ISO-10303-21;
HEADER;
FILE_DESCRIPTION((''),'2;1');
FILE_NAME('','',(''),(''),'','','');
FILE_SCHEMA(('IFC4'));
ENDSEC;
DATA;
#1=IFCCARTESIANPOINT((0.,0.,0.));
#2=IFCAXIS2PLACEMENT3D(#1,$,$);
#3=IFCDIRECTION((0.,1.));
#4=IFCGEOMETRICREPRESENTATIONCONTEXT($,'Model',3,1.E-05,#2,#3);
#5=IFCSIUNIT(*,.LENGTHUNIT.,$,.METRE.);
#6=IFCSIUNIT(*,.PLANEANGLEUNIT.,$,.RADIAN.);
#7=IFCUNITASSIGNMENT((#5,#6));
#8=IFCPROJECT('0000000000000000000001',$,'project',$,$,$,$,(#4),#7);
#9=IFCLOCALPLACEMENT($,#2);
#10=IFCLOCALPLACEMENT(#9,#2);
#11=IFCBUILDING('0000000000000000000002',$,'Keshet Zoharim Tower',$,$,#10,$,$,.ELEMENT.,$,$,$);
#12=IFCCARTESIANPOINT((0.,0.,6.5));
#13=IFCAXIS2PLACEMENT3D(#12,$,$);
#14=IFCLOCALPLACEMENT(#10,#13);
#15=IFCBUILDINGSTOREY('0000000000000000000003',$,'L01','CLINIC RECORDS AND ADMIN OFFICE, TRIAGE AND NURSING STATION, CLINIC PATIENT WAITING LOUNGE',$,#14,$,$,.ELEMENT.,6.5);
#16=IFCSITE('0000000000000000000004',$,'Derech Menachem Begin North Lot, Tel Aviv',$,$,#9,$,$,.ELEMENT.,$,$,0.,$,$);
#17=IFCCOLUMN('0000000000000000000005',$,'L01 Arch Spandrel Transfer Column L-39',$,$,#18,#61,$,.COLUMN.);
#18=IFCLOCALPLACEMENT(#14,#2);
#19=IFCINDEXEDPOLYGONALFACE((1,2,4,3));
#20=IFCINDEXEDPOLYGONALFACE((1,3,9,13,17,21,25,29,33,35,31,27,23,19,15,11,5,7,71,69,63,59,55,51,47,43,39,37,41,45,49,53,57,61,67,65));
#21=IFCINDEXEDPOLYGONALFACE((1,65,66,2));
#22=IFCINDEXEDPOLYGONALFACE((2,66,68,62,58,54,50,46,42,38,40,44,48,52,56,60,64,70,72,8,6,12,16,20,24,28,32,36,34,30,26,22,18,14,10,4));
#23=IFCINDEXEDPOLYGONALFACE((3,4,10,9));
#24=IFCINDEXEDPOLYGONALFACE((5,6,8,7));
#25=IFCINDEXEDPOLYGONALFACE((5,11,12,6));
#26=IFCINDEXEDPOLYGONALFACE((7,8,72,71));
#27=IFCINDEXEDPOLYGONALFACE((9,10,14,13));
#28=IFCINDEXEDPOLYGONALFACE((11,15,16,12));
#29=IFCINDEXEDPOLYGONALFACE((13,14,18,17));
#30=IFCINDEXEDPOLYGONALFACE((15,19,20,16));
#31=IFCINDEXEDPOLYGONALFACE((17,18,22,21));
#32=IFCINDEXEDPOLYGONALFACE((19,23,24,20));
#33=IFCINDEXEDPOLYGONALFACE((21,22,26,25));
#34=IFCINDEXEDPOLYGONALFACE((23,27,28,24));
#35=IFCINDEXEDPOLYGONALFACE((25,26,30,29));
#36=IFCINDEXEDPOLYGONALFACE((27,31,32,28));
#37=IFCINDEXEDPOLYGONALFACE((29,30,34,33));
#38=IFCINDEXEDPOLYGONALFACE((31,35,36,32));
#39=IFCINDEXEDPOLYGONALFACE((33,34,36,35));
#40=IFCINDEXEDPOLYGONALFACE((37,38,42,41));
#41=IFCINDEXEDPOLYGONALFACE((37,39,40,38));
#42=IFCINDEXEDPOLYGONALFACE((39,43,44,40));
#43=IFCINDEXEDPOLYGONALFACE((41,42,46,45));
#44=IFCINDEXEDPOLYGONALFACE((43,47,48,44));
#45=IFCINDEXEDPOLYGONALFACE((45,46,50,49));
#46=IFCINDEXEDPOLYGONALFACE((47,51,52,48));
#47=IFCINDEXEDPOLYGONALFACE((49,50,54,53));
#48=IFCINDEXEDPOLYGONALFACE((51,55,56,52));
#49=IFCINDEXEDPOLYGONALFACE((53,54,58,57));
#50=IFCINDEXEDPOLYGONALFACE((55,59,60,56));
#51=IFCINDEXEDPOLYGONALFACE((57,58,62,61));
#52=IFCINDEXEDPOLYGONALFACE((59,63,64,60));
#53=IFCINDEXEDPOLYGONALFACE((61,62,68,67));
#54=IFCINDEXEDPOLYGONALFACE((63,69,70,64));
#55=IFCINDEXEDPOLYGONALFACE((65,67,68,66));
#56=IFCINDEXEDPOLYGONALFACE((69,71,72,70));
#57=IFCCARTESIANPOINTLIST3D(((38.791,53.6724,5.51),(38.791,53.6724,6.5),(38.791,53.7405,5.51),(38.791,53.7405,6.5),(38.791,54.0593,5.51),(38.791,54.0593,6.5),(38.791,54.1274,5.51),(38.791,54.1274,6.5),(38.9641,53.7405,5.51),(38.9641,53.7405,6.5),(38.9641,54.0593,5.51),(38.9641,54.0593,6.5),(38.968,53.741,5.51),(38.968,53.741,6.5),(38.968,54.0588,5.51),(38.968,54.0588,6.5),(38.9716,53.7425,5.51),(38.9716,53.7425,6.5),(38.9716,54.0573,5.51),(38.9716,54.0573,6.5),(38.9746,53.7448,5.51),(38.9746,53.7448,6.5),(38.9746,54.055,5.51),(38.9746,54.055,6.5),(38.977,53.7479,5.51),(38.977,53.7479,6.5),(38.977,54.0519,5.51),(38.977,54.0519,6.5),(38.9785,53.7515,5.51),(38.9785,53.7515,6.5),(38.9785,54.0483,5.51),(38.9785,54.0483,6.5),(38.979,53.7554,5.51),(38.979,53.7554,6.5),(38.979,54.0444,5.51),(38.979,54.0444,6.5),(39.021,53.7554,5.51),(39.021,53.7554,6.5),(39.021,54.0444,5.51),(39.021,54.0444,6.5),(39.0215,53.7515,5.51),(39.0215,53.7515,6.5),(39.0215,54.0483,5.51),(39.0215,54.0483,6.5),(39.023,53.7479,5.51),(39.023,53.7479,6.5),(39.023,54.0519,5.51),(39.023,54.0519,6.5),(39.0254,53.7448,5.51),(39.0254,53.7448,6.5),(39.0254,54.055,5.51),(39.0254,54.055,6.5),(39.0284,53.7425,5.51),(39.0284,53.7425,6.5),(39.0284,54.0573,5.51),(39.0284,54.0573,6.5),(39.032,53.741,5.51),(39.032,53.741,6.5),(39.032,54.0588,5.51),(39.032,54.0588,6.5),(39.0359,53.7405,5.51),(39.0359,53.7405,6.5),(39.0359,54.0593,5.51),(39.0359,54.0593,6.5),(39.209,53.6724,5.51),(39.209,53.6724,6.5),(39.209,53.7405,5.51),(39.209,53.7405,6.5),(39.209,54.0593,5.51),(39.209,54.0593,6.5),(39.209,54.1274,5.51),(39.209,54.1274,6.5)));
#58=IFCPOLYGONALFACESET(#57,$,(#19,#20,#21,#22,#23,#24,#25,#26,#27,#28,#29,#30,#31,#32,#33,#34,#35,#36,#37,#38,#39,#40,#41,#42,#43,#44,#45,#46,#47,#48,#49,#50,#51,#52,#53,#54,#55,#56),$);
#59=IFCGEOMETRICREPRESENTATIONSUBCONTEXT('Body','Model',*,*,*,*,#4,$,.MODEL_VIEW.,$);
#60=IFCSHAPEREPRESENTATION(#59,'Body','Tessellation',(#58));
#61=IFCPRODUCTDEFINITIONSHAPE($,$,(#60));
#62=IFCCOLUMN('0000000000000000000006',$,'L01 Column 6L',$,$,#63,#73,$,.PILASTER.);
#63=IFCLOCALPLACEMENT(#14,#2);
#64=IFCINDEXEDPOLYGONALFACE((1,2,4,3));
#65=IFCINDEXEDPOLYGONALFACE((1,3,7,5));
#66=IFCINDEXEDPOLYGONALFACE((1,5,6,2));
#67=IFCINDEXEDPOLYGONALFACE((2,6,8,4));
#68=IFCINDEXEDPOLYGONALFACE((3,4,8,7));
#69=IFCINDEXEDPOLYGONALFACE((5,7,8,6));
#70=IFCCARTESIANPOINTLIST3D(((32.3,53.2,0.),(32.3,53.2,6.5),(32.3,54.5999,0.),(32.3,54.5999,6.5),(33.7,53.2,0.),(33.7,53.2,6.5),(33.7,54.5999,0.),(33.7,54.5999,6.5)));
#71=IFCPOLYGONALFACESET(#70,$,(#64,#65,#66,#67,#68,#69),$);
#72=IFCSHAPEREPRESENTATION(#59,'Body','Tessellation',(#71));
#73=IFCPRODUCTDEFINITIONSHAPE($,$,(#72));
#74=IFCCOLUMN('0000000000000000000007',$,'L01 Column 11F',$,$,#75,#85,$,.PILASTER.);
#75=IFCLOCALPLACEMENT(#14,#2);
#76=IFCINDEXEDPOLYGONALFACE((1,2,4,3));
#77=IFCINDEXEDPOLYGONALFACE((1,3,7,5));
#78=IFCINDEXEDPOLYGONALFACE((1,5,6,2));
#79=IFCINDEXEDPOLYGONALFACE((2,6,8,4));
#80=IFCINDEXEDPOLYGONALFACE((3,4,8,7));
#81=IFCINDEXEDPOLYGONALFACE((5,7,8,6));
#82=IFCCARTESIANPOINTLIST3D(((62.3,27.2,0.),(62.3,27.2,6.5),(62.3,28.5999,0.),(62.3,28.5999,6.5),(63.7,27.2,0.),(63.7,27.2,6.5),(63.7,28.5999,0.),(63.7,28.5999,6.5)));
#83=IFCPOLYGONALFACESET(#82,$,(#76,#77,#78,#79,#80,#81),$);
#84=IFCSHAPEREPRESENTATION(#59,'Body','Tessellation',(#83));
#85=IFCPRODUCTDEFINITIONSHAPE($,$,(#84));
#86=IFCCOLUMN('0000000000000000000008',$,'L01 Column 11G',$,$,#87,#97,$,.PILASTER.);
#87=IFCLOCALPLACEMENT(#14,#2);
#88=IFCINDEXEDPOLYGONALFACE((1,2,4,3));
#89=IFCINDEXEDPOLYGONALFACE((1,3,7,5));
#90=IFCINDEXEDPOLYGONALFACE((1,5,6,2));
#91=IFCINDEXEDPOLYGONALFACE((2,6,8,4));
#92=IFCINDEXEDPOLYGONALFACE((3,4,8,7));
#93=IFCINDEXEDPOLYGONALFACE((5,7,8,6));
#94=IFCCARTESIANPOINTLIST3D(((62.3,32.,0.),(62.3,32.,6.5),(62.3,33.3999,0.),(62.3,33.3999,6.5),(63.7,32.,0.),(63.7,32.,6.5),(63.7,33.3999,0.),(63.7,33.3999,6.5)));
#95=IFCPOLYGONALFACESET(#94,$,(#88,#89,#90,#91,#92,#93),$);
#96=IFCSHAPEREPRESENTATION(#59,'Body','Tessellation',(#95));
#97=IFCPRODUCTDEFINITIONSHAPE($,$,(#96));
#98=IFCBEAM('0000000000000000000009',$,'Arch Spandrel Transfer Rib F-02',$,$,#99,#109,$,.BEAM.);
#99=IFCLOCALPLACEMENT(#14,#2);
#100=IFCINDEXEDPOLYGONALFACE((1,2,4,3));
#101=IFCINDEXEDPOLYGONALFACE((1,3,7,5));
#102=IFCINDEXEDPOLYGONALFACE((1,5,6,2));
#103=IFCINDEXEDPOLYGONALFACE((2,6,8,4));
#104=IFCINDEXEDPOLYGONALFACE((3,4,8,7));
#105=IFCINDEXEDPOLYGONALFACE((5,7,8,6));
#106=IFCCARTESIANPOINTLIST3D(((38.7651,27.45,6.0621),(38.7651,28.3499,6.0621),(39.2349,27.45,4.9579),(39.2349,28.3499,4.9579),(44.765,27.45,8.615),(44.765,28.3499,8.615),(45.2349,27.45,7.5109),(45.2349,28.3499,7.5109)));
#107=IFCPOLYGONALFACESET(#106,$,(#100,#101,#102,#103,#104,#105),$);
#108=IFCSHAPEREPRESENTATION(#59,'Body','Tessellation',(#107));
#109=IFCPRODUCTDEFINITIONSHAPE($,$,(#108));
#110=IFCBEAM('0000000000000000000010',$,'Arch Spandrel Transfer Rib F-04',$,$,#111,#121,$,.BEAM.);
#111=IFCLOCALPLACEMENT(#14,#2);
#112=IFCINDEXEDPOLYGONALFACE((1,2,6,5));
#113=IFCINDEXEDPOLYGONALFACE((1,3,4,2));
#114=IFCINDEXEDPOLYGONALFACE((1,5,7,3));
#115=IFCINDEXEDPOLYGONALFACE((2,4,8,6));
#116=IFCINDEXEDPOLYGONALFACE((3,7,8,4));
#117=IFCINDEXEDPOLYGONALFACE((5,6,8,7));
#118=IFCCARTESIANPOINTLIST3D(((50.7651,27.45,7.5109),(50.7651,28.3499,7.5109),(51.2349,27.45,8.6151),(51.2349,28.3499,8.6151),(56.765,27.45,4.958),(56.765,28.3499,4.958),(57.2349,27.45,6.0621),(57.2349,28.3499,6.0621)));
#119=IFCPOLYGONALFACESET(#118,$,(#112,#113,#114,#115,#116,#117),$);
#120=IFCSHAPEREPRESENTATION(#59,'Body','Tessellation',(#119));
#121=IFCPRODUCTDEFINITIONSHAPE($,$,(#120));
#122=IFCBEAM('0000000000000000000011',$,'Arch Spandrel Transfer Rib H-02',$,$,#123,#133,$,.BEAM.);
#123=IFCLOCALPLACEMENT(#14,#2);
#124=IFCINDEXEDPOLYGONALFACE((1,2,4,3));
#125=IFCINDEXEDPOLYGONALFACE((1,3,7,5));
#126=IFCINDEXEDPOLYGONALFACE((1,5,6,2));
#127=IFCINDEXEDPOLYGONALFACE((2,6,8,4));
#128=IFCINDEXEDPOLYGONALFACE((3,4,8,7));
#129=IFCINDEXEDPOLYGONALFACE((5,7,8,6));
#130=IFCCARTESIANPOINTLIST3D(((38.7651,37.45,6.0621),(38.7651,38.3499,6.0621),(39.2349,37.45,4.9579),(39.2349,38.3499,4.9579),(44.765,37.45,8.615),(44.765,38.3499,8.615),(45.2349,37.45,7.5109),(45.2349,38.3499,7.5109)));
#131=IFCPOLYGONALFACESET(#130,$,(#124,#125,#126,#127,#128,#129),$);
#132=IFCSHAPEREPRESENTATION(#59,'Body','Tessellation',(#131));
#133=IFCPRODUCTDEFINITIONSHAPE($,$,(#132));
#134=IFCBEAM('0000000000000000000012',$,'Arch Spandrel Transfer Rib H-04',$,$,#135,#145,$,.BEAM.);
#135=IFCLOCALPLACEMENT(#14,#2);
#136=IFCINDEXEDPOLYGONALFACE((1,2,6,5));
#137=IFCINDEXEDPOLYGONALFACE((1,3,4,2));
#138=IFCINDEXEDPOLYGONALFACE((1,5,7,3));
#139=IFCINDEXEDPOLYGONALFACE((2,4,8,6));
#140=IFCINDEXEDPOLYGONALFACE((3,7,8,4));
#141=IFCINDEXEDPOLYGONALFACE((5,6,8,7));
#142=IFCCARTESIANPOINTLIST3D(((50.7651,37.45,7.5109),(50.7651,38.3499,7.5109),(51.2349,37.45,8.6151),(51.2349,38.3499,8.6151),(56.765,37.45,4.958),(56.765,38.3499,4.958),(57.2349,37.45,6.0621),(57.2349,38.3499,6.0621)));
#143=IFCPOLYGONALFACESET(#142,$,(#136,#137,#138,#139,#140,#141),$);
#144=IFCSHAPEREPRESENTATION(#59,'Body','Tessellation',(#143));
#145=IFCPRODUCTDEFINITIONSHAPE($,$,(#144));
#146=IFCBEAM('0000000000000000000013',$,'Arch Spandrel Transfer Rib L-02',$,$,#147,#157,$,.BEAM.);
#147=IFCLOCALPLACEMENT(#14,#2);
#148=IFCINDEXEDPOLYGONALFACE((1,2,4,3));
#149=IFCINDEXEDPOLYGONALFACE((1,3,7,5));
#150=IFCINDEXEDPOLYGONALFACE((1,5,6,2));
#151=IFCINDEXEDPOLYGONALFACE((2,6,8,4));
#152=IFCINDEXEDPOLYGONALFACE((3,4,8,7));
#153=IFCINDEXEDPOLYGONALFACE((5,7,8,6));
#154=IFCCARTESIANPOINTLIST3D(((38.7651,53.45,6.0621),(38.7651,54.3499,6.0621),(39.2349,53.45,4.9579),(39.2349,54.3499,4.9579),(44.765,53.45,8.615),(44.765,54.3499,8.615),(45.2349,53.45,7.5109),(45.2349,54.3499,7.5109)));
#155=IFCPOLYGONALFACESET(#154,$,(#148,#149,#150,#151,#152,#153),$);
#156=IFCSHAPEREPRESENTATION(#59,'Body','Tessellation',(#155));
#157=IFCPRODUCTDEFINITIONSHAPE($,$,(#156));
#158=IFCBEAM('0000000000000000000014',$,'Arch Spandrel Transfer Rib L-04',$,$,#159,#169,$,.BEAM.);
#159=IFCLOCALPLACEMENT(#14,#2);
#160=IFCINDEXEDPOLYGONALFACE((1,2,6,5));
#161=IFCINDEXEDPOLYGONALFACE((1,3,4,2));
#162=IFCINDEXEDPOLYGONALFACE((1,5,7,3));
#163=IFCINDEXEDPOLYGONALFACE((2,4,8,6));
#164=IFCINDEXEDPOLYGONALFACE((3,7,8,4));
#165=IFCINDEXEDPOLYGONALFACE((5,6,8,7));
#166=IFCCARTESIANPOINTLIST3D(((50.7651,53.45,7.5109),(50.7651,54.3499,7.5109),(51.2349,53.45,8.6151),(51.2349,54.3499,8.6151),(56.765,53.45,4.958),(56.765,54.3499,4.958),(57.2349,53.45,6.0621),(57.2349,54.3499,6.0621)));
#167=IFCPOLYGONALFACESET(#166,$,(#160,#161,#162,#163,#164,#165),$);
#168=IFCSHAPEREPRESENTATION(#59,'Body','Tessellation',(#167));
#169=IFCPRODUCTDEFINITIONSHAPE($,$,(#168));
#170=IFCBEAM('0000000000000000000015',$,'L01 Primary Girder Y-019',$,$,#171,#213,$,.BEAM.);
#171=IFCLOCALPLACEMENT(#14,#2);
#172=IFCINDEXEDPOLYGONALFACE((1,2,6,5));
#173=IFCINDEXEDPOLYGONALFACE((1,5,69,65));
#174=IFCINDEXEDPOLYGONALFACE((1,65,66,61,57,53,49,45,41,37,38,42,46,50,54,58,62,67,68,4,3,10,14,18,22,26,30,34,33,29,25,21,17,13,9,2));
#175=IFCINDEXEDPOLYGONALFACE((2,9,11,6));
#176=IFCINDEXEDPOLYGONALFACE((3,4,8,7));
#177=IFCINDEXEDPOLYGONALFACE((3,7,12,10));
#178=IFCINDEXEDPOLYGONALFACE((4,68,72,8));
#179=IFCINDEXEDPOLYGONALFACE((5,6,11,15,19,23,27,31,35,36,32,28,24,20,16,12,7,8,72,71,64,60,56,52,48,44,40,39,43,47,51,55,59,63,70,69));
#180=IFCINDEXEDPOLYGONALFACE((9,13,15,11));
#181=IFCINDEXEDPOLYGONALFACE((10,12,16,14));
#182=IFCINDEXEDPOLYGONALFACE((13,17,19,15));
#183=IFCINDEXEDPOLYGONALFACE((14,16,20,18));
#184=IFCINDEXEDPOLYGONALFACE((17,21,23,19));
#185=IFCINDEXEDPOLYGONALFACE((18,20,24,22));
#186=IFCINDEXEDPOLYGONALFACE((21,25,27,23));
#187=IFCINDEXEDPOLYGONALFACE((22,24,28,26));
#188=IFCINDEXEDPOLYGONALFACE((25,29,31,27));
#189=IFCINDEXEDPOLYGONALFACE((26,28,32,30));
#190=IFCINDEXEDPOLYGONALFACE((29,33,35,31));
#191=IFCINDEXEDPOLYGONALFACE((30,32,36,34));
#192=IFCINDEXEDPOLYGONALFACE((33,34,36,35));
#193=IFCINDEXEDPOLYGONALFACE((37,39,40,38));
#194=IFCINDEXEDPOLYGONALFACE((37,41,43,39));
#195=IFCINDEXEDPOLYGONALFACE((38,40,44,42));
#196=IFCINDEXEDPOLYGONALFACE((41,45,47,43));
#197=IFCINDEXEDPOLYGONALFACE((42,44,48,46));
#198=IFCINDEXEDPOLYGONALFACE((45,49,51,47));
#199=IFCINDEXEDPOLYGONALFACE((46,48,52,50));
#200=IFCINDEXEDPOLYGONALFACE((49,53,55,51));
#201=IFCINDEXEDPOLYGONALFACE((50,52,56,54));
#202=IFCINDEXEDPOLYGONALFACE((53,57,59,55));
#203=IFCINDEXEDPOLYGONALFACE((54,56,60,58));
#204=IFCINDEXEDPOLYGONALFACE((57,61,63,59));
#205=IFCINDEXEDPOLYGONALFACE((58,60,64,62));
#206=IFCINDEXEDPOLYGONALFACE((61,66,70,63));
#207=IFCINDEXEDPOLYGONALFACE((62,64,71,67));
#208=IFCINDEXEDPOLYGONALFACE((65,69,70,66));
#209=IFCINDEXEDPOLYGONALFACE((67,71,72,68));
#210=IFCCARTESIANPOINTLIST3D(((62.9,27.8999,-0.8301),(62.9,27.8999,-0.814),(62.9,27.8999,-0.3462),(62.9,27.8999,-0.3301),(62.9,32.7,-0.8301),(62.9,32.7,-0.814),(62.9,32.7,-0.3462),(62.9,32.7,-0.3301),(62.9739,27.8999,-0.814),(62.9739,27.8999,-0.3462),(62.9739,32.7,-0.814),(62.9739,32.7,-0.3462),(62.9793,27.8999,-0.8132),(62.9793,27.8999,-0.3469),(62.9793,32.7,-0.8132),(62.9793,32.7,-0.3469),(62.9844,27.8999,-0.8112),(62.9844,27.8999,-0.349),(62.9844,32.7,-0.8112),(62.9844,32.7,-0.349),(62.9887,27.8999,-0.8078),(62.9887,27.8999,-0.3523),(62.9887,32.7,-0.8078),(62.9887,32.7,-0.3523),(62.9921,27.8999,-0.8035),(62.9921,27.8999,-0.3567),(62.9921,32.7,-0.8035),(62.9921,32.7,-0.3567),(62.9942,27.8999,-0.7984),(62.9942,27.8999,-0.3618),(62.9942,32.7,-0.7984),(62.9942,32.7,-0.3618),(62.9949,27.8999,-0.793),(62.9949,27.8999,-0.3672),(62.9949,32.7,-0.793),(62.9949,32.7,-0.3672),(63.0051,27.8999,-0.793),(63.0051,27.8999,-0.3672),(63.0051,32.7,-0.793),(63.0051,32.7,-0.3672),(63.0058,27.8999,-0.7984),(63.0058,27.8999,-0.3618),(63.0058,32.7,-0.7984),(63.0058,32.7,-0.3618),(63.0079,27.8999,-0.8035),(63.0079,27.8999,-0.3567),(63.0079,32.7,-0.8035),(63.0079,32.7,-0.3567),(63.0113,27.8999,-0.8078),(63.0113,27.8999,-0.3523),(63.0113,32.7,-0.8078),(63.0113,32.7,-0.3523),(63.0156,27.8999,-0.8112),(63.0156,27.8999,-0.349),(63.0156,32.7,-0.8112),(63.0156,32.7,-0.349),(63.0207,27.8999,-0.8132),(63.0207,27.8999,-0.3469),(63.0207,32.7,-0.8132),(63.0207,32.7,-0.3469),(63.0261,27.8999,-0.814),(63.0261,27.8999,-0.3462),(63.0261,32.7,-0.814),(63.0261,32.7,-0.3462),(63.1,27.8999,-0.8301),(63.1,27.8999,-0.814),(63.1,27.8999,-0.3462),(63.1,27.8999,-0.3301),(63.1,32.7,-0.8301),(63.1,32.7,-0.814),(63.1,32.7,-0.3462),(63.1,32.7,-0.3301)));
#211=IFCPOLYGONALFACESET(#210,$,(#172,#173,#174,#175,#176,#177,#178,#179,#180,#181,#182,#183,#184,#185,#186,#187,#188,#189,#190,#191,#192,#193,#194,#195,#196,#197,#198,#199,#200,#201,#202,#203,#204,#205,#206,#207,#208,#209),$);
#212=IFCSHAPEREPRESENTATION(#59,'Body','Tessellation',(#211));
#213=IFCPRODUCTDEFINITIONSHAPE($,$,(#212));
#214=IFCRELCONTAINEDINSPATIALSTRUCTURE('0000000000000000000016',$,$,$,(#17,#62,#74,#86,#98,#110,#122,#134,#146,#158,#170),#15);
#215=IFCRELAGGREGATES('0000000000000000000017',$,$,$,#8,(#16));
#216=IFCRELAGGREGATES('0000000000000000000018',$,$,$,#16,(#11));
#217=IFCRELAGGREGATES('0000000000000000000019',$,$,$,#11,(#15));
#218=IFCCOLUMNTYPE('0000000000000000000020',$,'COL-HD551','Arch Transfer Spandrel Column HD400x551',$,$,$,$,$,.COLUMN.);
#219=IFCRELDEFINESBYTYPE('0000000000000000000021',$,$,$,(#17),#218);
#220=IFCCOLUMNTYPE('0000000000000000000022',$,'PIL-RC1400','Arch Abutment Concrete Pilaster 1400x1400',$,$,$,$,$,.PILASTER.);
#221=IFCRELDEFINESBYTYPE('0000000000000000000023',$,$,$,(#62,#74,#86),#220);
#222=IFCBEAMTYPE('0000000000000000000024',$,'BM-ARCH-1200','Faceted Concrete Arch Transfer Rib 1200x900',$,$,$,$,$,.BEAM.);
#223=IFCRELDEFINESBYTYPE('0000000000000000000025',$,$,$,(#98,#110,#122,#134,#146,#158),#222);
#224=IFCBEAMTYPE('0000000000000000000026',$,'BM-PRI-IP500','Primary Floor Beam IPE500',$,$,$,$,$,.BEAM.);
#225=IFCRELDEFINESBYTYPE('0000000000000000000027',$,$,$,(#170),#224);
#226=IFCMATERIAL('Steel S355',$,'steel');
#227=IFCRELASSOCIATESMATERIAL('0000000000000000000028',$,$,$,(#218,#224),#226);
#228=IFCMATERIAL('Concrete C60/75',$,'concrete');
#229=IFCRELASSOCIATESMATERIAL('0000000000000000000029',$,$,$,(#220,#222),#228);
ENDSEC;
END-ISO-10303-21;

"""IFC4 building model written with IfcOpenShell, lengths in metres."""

from ifc_helpers import new_model, si_unit, direction, frame, origin, origin_2d, place, context, subcontext, project, spatial, rectangle, i_section, extrude, material, material_profile, profile_set, type_object, element, save


model = new_model("IFC4")

# Units and contexts
model_context = context("Model", 3, precision=1e-05, world=origin(), true_north=direction((0.0, 1.0)))
body_context = subcontext(model_context, "Body", "Model", "MODEL_VIEW")
ifc_project = project(units=[si_unit("LENGTHUNIT", "METRE"), si_unit("PLANEANGLEUNIT", "RADIAN")], contexts=[model_context])

# Site, building, storey
site_placement = place(None, origin())
site = spatial("IfcSite", under=ifc_project, at=site_placement, Name="Derech Menachem Begin North Lot, Tel Aviv", CompositionType="ELEMENT", RefElevation=0.0)
building_placement = place(site_placement, origin())
building = spatial("IfcBuilding", under=site, at=building_placement, Name="Keshet Zoharim Tower", CompositionType="ELEMENT")
storey_placement = place(building_placement, frame((0.0, 0.0, 6.5)))
storey = spatial("IfcBuildingStorey", under=building, at=storey_placement, Name="L01", Description="CLINIC RECORDS AND ADMIN OFFICE, TRIAGE AND NURSING STATION, CLINIC PATIENT WAITING LOUNGE", CompositionType="ELEMENT", Elevation=6.5)

# Columns
ifc_material_1 = material(Name="Steel S355", Category="steel")
ifc_material_profile_1 = material_profile(ifc_material_1, i_section(OverallWidth=0.418, OverallDepth=0.4551, WebThickness=0.042, FlangeThickness=0.0681, FilletRadius=0.0149, at=origin_2d()), Name="HD400x551")
ifc_profile_set_1 = profile_set([ifc_material_profile_1], Name="Steel S355")
column_type_1 = type_object("IfcColumnType", Name="COL-HD551", Description="Arch Transfer Spandrel Column HD400x551", PredefinedType="COLUMN", material=ifc_profile_set_1)
for number, where, z_axis, x_axis, name in (
    (1, (39.0, 53.8999, 5.51), (0.0, 0.0, 1.0), (1.0, 0.0, 0.0), "L01 Arch Spandrel Transfer Column L-39"),
):
    element("IfcColumn", number, at=place(storey_placement, frame(where, z_axis=z_axis, x_axis=x_axis)), inside=storey, type_object=column_type_1, Name=name, PredefinedType="COLUMN", context=body_context, shape_type="SweptSolid", body=[
        extrude(i_section(OverallWidth=0.418, OverallDepth=0.4551, WebThickness=0.042, FlangeThickness=0.0681, FilletRadius=0.0149, at=origin_2d()), origin(), (0.0, 0.0, 1.0), 0.99),
    ])
ifc_material_2 = material(Name="Concrete C60/75", Category="concrete")
ifc_material_profile_2 = material_profile(ifc_material_2, rectangle(XDim=1.3999, YDim=1.3999, at=origin_2d()), Name="RC1400x1400")
ifc_profile_set_2 = profile_set([ifc_material_profile_2], Name="Concrete C60/75")
column_type_2 = type_object("IfcColumnType", Name="PIL-RC1400", Description="Arch Abutment Concrete Pilaster 1400x1400", PredefinedType="PILASTER", material=ifc_profile_set_2)
for number, where, z_axis, x_axis, name in (
    (2, (33.0, 53.8999, 0.0), (0.0, 0.0, 1.0), (1.0, 0.0, 0.0), "L01 Column 6L"),
    (3, (63.0, 27.8999, 0.0), (0.0, 0.0, 1.0), (1.0, 0.0, 0.0), "L01 Column 11F"),
    (4, (63.0, 32.7, 0.0), (0.0, 0.0, 1.0), (1.0, 0.0, 0.0), "L01 Column 11G"),
):
    element("IfcColumn", number, at=place(storey_placement, frame(where, z_axis=z_axis, x_axis=x_axis)), inside=storey, type_object=column_type_2, Name=name, PredefinedType="PILASTER", context=body_context, shape_type="SweptSolid", body=[
        extrude(rectangle(XDim=1.3999, YDim=1.3999, at=origin_2d()), origin(), (0.0, 0.0, 1.0), 6.5),
    ])

# Beams
ifc_material_profile_3 = material_profile(ifc_material_2, rectangle(XDim=0.8999, YDim=1.2, at=origin_2d()), Name="RC1200x900")
ifc_profile_set_3 = profile_set([ifc_material_profile_3], Name="Concrete C60/75")
beam_type_1 = type_object("IfcBeamType", Name="BM-ARCH-1200", Description="Faceted Concrete Arch Transfer Rib 1200x900", PredefinedType="BEAM", material=ifc_profile_set_3)
for number, where, z_axis, x_axis, name in (
    (5, (39.0, 27.8999, 5.51), (0.920166, 0.0, 0.391528), (0.0, 1.0, 0.0), "Arch Spandrel Transfer Rib F-02"),
    (6, (51.0, 27.8999, 8.063), (0.920166, 0.0, -0.391528), (0.0, 1.0, 0.0), "Arch Spandrel Transfer Rib F-04"),
    (7, (39.0, 37.8999, 5.51), (0.920166, 0.0, 0.391528), (0.0, 1.0, 0.0), "Arch Spandrel Transfer Rib H-02"),
    (8, (51.0, 37.8999, 8.063), (0.920166, 0.0, -0.391528), (0.0, 1.0, 0.0), "Arch Spandrel Transfer Rib H-04"),
    (9, (39.0, 53.8999, 5.51), (0.920166, 0.0, 0.391528), (0.0, 1.0, 0.0), "Arch Spandrel Transfer Rib L-02"),
    (10, (51.0, 53.8999, 8.063), (0.920166, 0.0, -0.391528), (0.0, 1.0, 0.0), "Arch Spandrel Transfer Rib L-04"),
):
    element("IfcBeam", number, at=place(storey_placement, frame(where, z_axis=z_axis, x_axis=x_axis)), inside=storey, type_object=beam_type_1, Name=name, PredefinedType="BEAM", context=body_context, shape_type="SweptSolid", body=[
        extrude(rectangle(XDim=0.8999, YDim=1.2, at=origin_2d()), origin(), (0.0, 0.0, 1.0), 6.5205),
    ])
ifc_material_profile_4 = material_profile(ifc_material_1, i_section(OverallWidth=0.2, OverallDepth=0.5, WebThickness=0.0103, FlangeThickness=0.0161, FilletRadius=0.021, at=origin_2d()), Name="IPE500")
ifc_profile_set_4 = profile_set([ifc_material_profile_4], Name="Steel S355")
beam_type_2 = type_object("IfcBeamType", Name="BM-PRI-IP500", Description="Primary Floor Beam IPE500", PredefinedType="BEAM", material=ifc_profile_set_4)
beam_placement = place(storey_placement, frame((63.0, 27.8999, -0.5801), z_axis=(0.0, 1.0, 0.0), x_axis=(-1.0, 0.0, 0.0)))
element("IfcBeam", 11, at=beam_placement, inside=storey, type_object=beam_type_2, Name="L01 Primary Girder Y-019", PredefinedType="BEAM", context=body_context, shape_type="SweptSolid", body=[
    extrude(i_section(OverallWidth=0.2, OverallDepth=0.5, WebThickness=0.0103, FlangeThickness=0.0161, FilletRadius=0.021, at=origin_2d()), origin(), (0.0, 0.0, 1.0), 4.8),
])

save(model, "model.ifc")
